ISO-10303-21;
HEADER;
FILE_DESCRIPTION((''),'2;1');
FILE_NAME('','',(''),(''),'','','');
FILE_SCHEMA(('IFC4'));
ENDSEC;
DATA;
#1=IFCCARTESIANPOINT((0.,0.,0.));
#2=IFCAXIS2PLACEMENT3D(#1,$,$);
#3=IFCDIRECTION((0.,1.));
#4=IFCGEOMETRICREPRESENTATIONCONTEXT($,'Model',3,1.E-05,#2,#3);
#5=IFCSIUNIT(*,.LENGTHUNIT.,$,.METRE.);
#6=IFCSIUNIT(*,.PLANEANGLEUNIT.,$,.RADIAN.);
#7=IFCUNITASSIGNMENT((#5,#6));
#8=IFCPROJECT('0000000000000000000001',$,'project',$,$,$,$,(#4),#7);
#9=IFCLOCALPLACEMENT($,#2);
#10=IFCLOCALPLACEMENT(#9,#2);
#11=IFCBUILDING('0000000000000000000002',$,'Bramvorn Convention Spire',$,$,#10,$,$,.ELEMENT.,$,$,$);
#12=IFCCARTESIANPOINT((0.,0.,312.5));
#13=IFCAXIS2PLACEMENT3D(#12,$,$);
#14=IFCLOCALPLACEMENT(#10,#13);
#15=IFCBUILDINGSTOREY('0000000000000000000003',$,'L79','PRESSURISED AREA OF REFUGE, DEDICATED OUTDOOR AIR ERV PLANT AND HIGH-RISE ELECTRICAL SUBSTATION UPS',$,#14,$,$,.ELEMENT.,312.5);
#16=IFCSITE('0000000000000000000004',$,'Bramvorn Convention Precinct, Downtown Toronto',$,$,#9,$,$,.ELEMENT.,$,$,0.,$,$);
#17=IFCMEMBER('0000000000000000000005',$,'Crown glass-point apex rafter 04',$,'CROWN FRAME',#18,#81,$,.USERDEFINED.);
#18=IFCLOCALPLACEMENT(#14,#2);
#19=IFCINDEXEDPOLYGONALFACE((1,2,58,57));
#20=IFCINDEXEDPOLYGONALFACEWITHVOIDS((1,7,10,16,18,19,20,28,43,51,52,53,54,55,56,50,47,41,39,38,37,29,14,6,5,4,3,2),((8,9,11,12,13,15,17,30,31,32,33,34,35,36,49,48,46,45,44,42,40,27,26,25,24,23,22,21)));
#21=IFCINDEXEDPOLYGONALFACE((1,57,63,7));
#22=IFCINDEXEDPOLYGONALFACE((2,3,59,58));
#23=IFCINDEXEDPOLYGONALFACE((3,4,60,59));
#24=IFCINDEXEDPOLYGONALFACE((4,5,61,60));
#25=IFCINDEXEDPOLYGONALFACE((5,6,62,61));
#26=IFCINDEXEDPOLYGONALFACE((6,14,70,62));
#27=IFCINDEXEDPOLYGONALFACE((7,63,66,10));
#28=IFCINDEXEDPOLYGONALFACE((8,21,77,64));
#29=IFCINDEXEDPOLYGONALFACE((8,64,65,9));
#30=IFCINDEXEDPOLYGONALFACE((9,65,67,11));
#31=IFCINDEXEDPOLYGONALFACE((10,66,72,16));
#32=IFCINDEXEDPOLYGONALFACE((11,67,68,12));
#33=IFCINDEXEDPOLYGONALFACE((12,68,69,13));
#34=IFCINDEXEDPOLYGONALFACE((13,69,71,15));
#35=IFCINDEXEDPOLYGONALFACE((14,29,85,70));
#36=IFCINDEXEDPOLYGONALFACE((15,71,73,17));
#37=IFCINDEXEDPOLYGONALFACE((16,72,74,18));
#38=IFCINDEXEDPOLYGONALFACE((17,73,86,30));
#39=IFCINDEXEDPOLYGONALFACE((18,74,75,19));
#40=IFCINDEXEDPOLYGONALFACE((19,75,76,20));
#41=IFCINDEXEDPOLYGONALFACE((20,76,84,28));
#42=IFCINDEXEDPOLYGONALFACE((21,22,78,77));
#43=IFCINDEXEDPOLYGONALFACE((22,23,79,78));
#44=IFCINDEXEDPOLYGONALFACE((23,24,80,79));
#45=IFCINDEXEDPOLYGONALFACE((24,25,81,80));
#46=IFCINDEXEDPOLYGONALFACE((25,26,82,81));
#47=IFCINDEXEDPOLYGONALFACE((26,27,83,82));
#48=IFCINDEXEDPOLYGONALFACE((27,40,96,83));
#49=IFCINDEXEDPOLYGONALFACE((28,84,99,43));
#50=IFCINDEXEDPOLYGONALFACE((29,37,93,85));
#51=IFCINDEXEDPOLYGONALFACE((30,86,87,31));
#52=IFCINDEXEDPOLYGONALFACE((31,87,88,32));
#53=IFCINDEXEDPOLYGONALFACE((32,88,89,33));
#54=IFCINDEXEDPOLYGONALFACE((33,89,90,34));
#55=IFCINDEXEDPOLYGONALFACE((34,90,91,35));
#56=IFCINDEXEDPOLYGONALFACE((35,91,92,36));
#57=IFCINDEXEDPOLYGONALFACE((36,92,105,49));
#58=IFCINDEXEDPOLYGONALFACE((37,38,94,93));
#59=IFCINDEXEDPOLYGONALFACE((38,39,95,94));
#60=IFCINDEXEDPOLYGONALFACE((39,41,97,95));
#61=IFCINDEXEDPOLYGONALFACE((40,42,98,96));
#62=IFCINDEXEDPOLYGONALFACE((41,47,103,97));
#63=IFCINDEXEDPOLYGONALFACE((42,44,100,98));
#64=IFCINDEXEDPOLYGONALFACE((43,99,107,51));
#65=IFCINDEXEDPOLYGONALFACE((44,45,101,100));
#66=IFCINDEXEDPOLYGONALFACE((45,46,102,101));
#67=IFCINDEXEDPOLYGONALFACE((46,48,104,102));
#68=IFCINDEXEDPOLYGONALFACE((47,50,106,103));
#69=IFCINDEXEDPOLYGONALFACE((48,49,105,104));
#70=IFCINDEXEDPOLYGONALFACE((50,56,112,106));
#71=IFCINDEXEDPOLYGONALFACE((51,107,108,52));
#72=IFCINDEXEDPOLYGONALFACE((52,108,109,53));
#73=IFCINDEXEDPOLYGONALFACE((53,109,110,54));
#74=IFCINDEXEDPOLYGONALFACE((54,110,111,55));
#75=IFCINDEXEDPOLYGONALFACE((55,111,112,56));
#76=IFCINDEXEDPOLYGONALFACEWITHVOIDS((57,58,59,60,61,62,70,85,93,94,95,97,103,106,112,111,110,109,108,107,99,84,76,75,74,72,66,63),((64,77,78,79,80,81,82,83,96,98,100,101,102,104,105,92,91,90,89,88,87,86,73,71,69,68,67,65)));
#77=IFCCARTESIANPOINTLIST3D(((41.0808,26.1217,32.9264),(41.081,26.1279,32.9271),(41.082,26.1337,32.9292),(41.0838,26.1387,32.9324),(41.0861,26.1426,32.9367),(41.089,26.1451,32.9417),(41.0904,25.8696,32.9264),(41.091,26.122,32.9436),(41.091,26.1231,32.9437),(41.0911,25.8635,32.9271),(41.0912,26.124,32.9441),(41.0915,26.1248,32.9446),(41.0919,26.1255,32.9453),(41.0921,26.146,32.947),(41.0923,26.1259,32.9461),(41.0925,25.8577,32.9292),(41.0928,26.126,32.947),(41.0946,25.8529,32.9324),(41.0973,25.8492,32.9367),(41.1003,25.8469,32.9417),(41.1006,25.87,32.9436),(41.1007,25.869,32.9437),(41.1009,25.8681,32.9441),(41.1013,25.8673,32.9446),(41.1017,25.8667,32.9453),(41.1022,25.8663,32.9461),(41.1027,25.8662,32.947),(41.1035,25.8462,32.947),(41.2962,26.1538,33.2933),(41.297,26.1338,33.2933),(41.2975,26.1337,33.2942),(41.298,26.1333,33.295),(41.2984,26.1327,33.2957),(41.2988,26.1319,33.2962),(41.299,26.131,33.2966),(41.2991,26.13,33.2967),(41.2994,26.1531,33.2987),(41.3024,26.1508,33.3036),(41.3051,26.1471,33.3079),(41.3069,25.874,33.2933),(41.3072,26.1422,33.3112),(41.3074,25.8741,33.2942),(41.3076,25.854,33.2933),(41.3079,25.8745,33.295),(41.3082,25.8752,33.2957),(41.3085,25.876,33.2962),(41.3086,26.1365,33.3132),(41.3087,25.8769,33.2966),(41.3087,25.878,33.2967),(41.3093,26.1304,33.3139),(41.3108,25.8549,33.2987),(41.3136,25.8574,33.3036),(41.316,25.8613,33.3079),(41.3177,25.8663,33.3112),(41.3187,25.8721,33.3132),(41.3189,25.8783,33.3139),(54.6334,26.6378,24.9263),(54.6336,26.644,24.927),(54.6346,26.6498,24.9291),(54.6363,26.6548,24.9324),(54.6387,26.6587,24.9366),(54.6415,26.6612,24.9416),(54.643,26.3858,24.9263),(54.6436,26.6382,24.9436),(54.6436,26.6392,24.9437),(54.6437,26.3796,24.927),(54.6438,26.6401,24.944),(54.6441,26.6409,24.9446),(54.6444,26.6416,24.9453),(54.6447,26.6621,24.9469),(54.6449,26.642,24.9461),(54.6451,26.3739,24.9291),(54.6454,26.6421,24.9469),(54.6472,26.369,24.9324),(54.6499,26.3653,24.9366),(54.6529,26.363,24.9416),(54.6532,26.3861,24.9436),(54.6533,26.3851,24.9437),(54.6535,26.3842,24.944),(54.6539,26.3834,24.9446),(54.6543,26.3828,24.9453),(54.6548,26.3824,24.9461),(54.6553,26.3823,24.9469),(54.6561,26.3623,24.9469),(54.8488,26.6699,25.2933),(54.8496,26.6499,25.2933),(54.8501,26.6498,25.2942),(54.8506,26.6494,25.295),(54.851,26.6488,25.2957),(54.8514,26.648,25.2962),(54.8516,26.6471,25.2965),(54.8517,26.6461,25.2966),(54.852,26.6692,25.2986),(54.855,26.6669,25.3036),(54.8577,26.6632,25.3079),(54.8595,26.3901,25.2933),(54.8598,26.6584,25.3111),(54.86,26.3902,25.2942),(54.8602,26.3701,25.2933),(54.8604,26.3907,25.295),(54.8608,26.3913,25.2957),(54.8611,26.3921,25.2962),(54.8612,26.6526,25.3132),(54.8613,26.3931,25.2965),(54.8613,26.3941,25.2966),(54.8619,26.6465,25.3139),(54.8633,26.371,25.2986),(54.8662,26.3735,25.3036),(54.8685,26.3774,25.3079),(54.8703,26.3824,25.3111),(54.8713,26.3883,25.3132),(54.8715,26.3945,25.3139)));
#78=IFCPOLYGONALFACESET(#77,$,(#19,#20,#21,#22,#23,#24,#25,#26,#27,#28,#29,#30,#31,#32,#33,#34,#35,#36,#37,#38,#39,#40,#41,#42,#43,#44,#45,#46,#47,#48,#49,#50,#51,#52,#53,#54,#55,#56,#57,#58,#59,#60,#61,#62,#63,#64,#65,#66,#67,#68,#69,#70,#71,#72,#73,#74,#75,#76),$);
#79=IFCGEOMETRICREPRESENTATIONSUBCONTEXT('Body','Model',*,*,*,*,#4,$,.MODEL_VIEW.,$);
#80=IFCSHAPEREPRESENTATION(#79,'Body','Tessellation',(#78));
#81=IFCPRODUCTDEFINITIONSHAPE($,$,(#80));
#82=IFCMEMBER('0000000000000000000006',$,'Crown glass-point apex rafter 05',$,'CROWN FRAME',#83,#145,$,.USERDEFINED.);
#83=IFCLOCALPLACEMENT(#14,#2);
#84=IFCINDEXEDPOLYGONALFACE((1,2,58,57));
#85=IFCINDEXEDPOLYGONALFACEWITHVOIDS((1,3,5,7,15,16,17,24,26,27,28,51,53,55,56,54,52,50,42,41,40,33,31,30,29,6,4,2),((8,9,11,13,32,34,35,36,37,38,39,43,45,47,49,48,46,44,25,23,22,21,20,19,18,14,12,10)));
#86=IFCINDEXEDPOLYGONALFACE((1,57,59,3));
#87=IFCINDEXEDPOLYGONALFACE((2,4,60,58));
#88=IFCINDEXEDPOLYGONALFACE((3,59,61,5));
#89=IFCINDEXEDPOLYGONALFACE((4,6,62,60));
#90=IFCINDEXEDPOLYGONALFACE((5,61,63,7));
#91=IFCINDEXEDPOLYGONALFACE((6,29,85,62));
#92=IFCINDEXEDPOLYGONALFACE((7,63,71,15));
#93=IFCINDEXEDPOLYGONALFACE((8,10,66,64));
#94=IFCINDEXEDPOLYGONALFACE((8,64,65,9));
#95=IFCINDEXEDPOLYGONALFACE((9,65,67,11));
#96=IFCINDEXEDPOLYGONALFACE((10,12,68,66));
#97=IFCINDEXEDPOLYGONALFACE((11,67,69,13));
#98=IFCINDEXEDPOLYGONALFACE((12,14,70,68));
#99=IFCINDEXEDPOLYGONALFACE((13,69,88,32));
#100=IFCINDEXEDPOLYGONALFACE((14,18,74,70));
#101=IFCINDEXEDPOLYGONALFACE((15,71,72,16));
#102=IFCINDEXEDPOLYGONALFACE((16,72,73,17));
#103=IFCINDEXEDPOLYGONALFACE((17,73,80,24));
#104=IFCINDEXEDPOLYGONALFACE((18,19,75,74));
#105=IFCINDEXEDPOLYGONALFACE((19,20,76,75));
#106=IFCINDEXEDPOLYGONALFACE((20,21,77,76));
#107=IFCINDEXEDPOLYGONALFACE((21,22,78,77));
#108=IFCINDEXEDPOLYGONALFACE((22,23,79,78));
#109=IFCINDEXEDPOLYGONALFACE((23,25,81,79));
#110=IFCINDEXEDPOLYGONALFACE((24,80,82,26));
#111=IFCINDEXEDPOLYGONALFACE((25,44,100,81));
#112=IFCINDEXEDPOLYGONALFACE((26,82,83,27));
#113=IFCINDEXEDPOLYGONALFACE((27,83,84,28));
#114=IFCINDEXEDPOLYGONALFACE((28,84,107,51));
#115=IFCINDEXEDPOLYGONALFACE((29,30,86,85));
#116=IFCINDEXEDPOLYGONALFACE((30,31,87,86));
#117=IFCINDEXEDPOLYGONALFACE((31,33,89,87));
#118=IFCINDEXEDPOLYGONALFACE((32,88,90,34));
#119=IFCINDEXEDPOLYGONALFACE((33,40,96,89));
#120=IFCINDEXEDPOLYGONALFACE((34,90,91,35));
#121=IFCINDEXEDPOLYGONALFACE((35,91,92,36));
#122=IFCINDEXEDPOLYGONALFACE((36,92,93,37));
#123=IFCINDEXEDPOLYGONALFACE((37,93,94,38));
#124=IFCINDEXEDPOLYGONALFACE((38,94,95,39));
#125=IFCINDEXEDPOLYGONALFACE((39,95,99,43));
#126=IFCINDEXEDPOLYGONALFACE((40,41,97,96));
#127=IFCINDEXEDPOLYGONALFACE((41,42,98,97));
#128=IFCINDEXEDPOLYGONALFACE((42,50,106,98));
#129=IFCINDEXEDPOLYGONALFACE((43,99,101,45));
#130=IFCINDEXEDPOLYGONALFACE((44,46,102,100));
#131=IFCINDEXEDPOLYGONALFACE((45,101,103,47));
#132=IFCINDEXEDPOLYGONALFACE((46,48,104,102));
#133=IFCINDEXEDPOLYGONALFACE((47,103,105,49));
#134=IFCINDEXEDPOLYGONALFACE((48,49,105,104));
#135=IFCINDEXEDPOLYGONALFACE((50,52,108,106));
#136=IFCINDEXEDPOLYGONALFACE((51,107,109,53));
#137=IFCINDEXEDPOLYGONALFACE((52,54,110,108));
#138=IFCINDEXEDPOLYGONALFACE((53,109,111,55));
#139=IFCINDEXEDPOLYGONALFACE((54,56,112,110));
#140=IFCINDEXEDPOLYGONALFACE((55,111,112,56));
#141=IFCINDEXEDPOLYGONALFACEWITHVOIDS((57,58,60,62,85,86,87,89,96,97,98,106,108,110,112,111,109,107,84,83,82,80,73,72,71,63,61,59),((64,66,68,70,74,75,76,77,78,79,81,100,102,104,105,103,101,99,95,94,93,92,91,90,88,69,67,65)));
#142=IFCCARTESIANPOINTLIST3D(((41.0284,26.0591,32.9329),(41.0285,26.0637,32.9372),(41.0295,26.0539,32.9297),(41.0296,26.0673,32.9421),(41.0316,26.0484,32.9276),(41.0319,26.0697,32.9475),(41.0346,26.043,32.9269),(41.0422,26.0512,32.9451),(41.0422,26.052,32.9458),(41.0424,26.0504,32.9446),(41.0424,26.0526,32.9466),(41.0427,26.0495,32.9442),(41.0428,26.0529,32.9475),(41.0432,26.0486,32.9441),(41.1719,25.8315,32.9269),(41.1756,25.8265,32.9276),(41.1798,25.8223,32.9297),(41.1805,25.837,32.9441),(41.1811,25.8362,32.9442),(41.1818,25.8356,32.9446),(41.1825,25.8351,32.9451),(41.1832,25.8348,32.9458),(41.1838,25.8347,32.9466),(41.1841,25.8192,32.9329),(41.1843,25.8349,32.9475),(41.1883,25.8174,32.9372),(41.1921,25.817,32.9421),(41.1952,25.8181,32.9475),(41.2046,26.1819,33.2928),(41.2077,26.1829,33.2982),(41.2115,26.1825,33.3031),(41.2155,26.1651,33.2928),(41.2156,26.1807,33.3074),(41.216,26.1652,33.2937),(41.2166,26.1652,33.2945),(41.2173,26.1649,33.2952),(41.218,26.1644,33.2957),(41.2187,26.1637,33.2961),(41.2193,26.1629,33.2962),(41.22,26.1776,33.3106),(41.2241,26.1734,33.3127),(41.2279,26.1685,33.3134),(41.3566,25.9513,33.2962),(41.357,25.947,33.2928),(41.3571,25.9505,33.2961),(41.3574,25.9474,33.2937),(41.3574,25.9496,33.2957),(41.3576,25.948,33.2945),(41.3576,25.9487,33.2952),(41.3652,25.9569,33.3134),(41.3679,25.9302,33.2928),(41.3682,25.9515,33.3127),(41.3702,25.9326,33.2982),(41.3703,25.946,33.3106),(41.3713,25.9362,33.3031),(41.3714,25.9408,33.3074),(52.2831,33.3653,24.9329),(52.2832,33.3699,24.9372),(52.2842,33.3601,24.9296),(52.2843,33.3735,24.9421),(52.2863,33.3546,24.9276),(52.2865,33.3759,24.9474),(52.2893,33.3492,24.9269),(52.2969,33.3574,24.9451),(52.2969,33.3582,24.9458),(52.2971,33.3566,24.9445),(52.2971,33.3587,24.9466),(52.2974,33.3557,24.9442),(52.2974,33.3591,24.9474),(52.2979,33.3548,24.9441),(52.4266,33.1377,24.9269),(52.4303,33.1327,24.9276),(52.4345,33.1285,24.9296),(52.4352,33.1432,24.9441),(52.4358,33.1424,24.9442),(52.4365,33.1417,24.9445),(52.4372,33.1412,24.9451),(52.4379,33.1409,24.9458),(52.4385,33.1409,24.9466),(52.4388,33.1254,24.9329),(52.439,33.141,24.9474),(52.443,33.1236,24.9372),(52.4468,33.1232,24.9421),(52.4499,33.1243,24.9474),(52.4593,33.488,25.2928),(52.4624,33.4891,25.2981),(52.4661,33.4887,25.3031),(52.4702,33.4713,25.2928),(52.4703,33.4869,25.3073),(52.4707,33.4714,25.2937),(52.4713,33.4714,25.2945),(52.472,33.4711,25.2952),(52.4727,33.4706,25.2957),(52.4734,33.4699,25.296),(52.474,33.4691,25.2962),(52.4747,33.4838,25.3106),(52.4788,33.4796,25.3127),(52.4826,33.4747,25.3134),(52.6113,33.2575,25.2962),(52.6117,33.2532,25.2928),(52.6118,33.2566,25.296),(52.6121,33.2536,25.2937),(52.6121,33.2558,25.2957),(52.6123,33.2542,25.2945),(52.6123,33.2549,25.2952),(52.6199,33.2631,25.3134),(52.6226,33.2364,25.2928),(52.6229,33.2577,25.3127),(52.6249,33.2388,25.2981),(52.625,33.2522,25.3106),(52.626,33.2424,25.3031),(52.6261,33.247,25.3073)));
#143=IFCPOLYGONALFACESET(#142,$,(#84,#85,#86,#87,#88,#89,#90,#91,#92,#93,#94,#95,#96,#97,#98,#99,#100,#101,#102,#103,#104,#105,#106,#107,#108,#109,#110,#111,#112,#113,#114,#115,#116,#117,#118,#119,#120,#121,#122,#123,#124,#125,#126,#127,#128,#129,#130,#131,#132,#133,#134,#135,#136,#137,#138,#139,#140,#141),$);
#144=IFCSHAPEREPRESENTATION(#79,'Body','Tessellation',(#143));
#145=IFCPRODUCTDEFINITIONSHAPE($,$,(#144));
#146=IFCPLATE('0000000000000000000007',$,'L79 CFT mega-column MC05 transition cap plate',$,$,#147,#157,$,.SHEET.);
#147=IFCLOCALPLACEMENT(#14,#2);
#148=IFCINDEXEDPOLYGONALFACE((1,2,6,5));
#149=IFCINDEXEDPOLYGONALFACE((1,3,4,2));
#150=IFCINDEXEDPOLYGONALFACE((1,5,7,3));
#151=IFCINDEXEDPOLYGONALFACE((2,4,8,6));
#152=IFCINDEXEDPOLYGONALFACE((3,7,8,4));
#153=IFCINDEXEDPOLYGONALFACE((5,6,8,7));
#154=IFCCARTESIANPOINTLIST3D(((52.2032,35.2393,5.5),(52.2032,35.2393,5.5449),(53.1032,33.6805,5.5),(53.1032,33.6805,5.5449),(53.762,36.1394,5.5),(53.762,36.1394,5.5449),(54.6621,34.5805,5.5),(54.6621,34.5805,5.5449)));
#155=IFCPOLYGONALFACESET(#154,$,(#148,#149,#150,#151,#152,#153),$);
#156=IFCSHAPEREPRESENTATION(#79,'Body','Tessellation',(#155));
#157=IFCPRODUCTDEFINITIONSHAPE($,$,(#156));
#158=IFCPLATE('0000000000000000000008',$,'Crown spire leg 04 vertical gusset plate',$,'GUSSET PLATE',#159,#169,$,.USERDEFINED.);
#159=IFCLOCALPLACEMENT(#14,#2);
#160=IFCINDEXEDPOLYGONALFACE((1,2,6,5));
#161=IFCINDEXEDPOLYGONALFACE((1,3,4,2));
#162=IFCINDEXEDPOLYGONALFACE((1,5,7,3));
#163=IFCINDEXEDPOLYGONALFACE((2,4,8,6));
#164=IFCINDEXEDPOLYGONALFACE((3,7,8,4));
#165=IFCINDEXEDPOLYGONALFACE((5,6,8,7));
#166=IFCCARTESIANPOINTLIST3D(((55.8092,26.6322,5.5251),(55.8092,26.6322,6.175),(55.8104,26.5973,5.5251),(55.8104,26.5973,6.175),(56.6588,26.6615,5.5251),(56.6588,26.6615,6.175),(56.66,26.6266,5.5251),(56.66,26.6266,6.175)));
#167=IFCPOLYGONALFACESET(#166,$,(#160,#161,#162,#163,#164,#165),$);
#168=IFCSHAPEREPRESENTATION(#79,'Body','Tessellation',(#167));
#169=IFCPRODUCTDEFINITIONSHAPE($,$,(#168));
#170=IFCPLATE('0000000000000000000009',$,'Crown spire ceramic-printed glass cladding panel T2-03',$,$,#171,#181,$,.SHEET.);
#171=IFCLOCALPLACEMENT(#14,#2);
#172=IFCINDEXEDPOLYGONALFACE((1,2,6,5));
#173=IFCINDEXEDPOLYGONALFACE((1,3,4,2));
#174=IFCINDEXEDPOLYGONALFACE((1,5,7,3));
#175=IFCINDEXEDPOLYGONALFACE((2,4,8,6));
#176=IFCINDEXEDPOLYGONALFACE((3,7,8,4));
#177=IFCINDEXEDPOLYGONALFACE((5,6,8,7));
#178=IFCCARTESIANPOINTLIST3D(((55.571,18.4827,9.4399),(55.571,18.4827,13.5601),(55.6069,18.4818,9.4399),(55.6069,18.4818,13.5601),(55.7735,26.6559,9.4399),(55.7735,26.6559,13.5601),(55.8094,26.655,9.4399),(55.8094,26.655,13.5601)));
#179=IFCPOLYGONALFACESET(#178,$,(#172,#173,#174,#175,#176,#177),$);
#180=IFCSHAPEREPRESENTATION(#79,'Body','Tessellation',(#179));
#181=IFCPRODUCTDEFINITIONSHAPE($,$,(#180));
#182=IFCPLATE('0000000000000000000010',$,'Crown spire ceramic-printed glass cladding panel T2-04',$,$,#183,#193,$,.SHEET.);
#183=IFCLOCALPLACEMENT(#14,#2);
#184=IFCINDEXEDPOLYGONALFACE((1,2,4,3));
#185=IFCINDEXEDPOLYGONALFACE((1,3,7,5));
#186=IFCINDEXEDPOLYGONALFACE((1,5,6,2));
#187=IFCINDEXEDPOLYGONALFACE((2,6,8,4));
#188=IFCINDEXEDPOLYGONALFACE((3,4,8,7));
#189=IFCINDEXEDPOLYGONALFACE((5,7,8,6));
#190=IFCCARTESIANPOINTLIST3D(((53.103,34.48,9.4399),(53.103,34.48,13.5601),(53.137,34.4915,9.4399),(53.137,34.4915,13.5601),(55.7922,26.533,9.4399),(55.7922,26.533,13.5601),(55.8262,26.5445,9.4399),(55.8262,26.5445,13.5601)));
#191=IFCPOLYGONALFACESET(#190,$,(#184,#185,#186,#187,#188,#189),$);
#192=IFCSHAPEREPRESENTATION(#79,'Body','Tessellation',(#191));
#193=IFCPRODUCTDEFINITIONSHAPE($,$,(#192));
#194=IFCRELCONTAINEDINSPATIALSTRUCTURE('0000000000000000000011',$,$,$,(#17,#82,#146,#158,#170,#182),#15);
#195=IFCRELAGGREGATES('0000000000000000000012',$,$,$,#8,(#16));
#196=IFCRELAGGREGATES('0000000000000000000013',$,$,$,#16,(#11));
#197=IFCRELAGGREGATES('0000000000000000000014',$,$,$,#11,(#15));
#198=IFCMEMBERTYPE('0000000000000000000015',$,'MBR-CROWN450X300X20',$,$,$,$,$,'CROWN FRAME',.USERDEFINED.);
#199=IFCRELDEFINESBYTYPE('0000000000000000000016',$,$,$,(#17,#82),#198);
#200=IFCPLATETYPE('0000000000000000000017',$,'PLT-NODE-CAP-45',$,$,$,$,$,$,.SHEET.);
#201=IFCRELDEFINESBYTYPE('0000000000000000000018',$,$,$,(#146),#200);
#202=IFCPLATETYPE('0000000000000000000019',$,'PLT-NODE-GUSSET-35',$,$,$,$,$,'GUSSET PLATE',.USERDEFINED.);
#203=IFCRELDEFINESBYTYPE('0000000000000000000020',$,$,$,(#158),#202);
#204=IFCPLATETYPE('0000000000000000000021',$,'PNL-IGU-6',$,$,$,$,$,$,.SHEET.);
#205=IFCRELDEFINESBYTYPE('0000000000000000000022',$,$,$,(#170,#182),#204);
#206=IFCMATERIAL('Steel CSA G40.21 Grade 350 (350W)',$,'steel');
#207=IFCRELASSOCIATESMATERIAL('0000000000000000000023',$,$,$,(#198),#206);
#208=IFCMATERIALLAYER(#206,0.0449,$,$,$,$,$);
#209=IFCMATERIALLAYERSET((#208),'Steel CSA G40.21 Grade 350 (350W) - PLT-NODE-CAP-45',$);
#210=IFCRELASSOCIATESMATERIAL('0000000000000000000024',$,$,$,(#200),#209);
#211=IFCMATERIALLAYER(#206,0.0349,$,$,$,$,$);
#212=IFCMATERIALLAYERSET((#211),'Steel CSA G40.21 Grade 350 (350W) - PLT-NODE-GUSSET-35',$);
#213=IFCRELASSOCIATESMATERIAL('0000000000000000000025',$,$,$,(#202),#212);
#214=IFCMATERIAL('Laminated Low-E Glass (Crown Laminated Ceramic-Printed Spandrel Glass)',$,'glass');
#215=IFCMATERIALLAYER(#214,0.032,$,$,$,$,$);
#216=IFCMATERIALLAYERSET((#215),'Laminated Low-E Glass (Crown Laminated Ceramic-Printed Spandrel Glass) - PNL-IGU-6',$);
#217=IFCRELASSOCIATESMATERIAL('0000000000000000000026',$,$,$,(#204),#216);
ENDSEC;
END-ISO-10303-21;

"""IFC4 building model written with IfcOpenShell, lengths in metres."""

from ifc_helpers import new_model, si_unit, direction, frame, origin, origin_2d, place, context, subcontext, project, spatial, rectangle, hollow_rectangle, extrude, material, layer, layer_set, material_profile, profile_set, type_object, element, save


model = new_model("IFC4")

# Units and contexts
model_context = context("Model", 3, precision=1e-05, world=origin(), true_north=direction((0.0, 1.0)))
body_context = subcontext(model_context, "Body", "Model", "MODEL_VIEW")
ifc_project = project(units=[si_unit("LENGTHUNIT", "METRE"), si_unit("PLANEANGLEUNIT", "RADIAN")], contexts=[model_context])

# Site, building, storey
site_placement = place(None, origin())
site = spatial("IfcSite", under=ifc_project, at=site_placement, Name="Bramvorn Convention Precinct, Downtown Toronto", CompositionType="ELEMENT", RefElevation=0.0)
building_placement = place(site_placement, origin())
building = spatial("IfcBuilding", under=site, at=building_placement, Name="Bramvorn Convention Spire", CompositionType="ELEMENT")
storey_placement = place(building_placement, frame((0.0, 0.0, 312.5)))
storey = spatial("IfcBuildingStorey", under=building, at=storey_placement, Name="L79", Description="PRESSURISED AREA OF REFUGE, DEDICATED OUTDOOR AIR ERV PLANT AND HIGH-RISE ELECTRICAL SUBSTATION UPS", CompositionType="ELEMENT", Elevation=312.5)

# Members
ifc_material_1 = material(Name="Steel CSA G40.21 Grade 350 (350W)", Category="steel")
ifc_material_profile_1 = material_profile(ifc_material_1, hollow_rectangle(XDim=0.3, YDim=0.45, WallThickness=0.02, InnerFilletRadius=0.0039, OuterFilletRadius=0.0239, at=origin_2d()))
ifc_profile_set_1 = profile_set([ifc_material_profile_1], Name="Steel CSA G40.21 Grade 350 (350W) - CROWN450X300X20")
member_type_1 = type_object("IfcMemberType", Name="MBR-CROWN450X300X20", ElementType="CROWN FRAME", PredefinedType="USERDEFINED", material=ifc_profile_set_1)
member_1_placement = place(storey_placement, frame((54.7524, 26.5161, 25.1201), z_axis=(-0.860694, -0.032777, 0.508066), x_axis=(0.038055, -0.999276, 0.0)))
element("IfcMember", 1, at=member_1_placement, inside=storey, type_object=member_type_1, Name="Crown glass-point apex rafter 04", ObjectType="CROWN FRAME", PredefinedType="USERDEFINED", context=body_context, shape_type="SweptSolid", body=[
    extrude(hollow_rectangle(XDim=0.3, YDim=0.45, WallThickness=0.02, InnerFilletRadius=0.0039, OuterFilletRadius=0.0239, at=origin_2d()), origin(), (0.0, 0.0, 1.0), 15.7461),
])
member_2_placement = place(storey_placement, frame((52.4546, 33.3062, 25.1201), z_axis=(-0.720435, -0.467684, 0.512098), x_axis=(0.544498, -0.838762, 0.0)))
element("IfcMember", 2, at=member_2_placement, inside=storey, type_object=member_type_1, Name="Crown glass-point apex rafter 05", ObjectType="CROWN FRAME", PredefinedType="USERDEFINED", context=body_context, shape_type="SweptSolid", body=[
    extrude(hollow_rectangle(XDim=0.3, YDim=0.45, WallThickness=0.02, InnerFilletRadius=0.0039, OuterFilletRadius=0.0239, at=origin_2d()), origin(), (0.0, 0.0, 1.0), 15.6221),
])

# Plates
ifc_layer_1 = layer(ifc_material_1, 0.0449)
ifc_layer_set_1 = layer_set([ifc_layer_1], Name="Steel CSA G40.21 Grade 350 (350W) - PLT-NODE-CAP-45")
plate_type_1 = type_object("IfcPlateType", Name="PLT-NODE-CAP-45", PredefinedType="SHEET", material=ifc_layer_set_1)
plate_1_placement = place(storey_placement, frame((53.4326, 34.9099, 5.5), z_axis=(0.0, 0.0, 1.0), x_axis=(0.866026, 0.499999, 0.0)))
element("IfcPlate", 3, at=plate_1_placement, inside=storey, type_object=plate_type_1, Name="L79 CFT mega-column MC05 transition cap plate", PredefinedType="SHEET", context=body_context, shape_type="SweptSolid", body=[
    extrude(rectangle(XDim=1.8, YDim=1.8, at=origin_2d()), origin(), (0.0, 0.0, 1.0), 0.0449),
])
ifc_layer_2 = layer(ifc_material_1, 0.0349)
ifc_layer_set_2 = layer_set([ifc_layer_2], Name="Steel CSA G40.21 Grade 350 (350W) - PLT-NODE-GUSSET-35")
plate_type_2 = type_object("IfcPlateType", Name="PLT-NODE-GUSSET-35", ElementType="GUSSET PLATE", PredefinedType="USERDEFINED", material=ifc_layer_set_2)
plate_2_placement = place(storey_placement, frame((56.2346, 26.6294, 5.5251), z_axis=(0.0, 0.0, 1.0), x_axis=(0.999405, 0.034502, 0.0)))
element("IfcPlate", 4, at=plate_2_placement, inside=storey, type_object=plate_type_2, Name="Crown spire leg 04 vertical gusset plate", ObjectType="GUSSET PLATE", PredefinedType="USERDEFINED", context=body_context, shape_type="SweptSolid", body=[
    extrude(rectangle(XDim=0.8501, YDim=0.0349, at=origin_2d()), origin(), (0.0, 0.0, 1.0), 0.6499),
])
ifc_material_2 = material(Name="Laminated Low-E Glass (Crown Laminated Ceramic-Printed Spandrel Glass)", Category="glass")
ifc_layer_3 = layer(ifc_material_2, 0.032)
ifc_layer_set_3 = layer_set([ifc_layer_3], Name="Laminated Low-E Glass (Crown Laminated Ceramic-Printed Spandrel Glass) - PNL-IGU-6")
plate_type_3 = type_object("IfcPlateType", Name="PNL-IGU-6", PredefinedType="SHEET", material=ifc_layer_set_3)
plate_3_placement = place(storey_placement, frame((55.6902, 22.5688, 9.4399), z_axis=(0.0, 0.0, 1.0), x_axis=(0.024771, 0.999693, 0.0)))
element("IfcPlate", 5, at=plate_3_placement, inside=storey, type_object=plate_type_3, Name="Crown spire ceramic-printed glass cladding panel T2-03", PredefinedType="SHEET", context=body_context, shape_type="SweptSolid", body=[
    extrude(rectangle(XDim=8.1758, YDim=0.0359, at=origin_2d()), origin(), (0.0, 0.0, 1.0), 4.1201),
])
plate_4_placement = place(storey_placement, frame((54.4646, 30.5122, 9.4399), z_axis=(0.0, 0.0, 1.0), x_axis=(-0.320532, 0.947238, 0.0)))
element("IfcPlate", 6, at=plate_4_placement, inside=storey, type_object=plate_type_3, Name="Crown spire ceramic-printed glass cladding panel T2-04", PredefinedType="SHEET", context=body_context, shape_type="SweptSolid", body=[
    extrude(rectangle(XDim=8.3896, YDim=0.0359, at=origin_2d()), origin(), (0.0, 0.0, 1.0), 4.1201),
])

save(model, "model.ifc")
